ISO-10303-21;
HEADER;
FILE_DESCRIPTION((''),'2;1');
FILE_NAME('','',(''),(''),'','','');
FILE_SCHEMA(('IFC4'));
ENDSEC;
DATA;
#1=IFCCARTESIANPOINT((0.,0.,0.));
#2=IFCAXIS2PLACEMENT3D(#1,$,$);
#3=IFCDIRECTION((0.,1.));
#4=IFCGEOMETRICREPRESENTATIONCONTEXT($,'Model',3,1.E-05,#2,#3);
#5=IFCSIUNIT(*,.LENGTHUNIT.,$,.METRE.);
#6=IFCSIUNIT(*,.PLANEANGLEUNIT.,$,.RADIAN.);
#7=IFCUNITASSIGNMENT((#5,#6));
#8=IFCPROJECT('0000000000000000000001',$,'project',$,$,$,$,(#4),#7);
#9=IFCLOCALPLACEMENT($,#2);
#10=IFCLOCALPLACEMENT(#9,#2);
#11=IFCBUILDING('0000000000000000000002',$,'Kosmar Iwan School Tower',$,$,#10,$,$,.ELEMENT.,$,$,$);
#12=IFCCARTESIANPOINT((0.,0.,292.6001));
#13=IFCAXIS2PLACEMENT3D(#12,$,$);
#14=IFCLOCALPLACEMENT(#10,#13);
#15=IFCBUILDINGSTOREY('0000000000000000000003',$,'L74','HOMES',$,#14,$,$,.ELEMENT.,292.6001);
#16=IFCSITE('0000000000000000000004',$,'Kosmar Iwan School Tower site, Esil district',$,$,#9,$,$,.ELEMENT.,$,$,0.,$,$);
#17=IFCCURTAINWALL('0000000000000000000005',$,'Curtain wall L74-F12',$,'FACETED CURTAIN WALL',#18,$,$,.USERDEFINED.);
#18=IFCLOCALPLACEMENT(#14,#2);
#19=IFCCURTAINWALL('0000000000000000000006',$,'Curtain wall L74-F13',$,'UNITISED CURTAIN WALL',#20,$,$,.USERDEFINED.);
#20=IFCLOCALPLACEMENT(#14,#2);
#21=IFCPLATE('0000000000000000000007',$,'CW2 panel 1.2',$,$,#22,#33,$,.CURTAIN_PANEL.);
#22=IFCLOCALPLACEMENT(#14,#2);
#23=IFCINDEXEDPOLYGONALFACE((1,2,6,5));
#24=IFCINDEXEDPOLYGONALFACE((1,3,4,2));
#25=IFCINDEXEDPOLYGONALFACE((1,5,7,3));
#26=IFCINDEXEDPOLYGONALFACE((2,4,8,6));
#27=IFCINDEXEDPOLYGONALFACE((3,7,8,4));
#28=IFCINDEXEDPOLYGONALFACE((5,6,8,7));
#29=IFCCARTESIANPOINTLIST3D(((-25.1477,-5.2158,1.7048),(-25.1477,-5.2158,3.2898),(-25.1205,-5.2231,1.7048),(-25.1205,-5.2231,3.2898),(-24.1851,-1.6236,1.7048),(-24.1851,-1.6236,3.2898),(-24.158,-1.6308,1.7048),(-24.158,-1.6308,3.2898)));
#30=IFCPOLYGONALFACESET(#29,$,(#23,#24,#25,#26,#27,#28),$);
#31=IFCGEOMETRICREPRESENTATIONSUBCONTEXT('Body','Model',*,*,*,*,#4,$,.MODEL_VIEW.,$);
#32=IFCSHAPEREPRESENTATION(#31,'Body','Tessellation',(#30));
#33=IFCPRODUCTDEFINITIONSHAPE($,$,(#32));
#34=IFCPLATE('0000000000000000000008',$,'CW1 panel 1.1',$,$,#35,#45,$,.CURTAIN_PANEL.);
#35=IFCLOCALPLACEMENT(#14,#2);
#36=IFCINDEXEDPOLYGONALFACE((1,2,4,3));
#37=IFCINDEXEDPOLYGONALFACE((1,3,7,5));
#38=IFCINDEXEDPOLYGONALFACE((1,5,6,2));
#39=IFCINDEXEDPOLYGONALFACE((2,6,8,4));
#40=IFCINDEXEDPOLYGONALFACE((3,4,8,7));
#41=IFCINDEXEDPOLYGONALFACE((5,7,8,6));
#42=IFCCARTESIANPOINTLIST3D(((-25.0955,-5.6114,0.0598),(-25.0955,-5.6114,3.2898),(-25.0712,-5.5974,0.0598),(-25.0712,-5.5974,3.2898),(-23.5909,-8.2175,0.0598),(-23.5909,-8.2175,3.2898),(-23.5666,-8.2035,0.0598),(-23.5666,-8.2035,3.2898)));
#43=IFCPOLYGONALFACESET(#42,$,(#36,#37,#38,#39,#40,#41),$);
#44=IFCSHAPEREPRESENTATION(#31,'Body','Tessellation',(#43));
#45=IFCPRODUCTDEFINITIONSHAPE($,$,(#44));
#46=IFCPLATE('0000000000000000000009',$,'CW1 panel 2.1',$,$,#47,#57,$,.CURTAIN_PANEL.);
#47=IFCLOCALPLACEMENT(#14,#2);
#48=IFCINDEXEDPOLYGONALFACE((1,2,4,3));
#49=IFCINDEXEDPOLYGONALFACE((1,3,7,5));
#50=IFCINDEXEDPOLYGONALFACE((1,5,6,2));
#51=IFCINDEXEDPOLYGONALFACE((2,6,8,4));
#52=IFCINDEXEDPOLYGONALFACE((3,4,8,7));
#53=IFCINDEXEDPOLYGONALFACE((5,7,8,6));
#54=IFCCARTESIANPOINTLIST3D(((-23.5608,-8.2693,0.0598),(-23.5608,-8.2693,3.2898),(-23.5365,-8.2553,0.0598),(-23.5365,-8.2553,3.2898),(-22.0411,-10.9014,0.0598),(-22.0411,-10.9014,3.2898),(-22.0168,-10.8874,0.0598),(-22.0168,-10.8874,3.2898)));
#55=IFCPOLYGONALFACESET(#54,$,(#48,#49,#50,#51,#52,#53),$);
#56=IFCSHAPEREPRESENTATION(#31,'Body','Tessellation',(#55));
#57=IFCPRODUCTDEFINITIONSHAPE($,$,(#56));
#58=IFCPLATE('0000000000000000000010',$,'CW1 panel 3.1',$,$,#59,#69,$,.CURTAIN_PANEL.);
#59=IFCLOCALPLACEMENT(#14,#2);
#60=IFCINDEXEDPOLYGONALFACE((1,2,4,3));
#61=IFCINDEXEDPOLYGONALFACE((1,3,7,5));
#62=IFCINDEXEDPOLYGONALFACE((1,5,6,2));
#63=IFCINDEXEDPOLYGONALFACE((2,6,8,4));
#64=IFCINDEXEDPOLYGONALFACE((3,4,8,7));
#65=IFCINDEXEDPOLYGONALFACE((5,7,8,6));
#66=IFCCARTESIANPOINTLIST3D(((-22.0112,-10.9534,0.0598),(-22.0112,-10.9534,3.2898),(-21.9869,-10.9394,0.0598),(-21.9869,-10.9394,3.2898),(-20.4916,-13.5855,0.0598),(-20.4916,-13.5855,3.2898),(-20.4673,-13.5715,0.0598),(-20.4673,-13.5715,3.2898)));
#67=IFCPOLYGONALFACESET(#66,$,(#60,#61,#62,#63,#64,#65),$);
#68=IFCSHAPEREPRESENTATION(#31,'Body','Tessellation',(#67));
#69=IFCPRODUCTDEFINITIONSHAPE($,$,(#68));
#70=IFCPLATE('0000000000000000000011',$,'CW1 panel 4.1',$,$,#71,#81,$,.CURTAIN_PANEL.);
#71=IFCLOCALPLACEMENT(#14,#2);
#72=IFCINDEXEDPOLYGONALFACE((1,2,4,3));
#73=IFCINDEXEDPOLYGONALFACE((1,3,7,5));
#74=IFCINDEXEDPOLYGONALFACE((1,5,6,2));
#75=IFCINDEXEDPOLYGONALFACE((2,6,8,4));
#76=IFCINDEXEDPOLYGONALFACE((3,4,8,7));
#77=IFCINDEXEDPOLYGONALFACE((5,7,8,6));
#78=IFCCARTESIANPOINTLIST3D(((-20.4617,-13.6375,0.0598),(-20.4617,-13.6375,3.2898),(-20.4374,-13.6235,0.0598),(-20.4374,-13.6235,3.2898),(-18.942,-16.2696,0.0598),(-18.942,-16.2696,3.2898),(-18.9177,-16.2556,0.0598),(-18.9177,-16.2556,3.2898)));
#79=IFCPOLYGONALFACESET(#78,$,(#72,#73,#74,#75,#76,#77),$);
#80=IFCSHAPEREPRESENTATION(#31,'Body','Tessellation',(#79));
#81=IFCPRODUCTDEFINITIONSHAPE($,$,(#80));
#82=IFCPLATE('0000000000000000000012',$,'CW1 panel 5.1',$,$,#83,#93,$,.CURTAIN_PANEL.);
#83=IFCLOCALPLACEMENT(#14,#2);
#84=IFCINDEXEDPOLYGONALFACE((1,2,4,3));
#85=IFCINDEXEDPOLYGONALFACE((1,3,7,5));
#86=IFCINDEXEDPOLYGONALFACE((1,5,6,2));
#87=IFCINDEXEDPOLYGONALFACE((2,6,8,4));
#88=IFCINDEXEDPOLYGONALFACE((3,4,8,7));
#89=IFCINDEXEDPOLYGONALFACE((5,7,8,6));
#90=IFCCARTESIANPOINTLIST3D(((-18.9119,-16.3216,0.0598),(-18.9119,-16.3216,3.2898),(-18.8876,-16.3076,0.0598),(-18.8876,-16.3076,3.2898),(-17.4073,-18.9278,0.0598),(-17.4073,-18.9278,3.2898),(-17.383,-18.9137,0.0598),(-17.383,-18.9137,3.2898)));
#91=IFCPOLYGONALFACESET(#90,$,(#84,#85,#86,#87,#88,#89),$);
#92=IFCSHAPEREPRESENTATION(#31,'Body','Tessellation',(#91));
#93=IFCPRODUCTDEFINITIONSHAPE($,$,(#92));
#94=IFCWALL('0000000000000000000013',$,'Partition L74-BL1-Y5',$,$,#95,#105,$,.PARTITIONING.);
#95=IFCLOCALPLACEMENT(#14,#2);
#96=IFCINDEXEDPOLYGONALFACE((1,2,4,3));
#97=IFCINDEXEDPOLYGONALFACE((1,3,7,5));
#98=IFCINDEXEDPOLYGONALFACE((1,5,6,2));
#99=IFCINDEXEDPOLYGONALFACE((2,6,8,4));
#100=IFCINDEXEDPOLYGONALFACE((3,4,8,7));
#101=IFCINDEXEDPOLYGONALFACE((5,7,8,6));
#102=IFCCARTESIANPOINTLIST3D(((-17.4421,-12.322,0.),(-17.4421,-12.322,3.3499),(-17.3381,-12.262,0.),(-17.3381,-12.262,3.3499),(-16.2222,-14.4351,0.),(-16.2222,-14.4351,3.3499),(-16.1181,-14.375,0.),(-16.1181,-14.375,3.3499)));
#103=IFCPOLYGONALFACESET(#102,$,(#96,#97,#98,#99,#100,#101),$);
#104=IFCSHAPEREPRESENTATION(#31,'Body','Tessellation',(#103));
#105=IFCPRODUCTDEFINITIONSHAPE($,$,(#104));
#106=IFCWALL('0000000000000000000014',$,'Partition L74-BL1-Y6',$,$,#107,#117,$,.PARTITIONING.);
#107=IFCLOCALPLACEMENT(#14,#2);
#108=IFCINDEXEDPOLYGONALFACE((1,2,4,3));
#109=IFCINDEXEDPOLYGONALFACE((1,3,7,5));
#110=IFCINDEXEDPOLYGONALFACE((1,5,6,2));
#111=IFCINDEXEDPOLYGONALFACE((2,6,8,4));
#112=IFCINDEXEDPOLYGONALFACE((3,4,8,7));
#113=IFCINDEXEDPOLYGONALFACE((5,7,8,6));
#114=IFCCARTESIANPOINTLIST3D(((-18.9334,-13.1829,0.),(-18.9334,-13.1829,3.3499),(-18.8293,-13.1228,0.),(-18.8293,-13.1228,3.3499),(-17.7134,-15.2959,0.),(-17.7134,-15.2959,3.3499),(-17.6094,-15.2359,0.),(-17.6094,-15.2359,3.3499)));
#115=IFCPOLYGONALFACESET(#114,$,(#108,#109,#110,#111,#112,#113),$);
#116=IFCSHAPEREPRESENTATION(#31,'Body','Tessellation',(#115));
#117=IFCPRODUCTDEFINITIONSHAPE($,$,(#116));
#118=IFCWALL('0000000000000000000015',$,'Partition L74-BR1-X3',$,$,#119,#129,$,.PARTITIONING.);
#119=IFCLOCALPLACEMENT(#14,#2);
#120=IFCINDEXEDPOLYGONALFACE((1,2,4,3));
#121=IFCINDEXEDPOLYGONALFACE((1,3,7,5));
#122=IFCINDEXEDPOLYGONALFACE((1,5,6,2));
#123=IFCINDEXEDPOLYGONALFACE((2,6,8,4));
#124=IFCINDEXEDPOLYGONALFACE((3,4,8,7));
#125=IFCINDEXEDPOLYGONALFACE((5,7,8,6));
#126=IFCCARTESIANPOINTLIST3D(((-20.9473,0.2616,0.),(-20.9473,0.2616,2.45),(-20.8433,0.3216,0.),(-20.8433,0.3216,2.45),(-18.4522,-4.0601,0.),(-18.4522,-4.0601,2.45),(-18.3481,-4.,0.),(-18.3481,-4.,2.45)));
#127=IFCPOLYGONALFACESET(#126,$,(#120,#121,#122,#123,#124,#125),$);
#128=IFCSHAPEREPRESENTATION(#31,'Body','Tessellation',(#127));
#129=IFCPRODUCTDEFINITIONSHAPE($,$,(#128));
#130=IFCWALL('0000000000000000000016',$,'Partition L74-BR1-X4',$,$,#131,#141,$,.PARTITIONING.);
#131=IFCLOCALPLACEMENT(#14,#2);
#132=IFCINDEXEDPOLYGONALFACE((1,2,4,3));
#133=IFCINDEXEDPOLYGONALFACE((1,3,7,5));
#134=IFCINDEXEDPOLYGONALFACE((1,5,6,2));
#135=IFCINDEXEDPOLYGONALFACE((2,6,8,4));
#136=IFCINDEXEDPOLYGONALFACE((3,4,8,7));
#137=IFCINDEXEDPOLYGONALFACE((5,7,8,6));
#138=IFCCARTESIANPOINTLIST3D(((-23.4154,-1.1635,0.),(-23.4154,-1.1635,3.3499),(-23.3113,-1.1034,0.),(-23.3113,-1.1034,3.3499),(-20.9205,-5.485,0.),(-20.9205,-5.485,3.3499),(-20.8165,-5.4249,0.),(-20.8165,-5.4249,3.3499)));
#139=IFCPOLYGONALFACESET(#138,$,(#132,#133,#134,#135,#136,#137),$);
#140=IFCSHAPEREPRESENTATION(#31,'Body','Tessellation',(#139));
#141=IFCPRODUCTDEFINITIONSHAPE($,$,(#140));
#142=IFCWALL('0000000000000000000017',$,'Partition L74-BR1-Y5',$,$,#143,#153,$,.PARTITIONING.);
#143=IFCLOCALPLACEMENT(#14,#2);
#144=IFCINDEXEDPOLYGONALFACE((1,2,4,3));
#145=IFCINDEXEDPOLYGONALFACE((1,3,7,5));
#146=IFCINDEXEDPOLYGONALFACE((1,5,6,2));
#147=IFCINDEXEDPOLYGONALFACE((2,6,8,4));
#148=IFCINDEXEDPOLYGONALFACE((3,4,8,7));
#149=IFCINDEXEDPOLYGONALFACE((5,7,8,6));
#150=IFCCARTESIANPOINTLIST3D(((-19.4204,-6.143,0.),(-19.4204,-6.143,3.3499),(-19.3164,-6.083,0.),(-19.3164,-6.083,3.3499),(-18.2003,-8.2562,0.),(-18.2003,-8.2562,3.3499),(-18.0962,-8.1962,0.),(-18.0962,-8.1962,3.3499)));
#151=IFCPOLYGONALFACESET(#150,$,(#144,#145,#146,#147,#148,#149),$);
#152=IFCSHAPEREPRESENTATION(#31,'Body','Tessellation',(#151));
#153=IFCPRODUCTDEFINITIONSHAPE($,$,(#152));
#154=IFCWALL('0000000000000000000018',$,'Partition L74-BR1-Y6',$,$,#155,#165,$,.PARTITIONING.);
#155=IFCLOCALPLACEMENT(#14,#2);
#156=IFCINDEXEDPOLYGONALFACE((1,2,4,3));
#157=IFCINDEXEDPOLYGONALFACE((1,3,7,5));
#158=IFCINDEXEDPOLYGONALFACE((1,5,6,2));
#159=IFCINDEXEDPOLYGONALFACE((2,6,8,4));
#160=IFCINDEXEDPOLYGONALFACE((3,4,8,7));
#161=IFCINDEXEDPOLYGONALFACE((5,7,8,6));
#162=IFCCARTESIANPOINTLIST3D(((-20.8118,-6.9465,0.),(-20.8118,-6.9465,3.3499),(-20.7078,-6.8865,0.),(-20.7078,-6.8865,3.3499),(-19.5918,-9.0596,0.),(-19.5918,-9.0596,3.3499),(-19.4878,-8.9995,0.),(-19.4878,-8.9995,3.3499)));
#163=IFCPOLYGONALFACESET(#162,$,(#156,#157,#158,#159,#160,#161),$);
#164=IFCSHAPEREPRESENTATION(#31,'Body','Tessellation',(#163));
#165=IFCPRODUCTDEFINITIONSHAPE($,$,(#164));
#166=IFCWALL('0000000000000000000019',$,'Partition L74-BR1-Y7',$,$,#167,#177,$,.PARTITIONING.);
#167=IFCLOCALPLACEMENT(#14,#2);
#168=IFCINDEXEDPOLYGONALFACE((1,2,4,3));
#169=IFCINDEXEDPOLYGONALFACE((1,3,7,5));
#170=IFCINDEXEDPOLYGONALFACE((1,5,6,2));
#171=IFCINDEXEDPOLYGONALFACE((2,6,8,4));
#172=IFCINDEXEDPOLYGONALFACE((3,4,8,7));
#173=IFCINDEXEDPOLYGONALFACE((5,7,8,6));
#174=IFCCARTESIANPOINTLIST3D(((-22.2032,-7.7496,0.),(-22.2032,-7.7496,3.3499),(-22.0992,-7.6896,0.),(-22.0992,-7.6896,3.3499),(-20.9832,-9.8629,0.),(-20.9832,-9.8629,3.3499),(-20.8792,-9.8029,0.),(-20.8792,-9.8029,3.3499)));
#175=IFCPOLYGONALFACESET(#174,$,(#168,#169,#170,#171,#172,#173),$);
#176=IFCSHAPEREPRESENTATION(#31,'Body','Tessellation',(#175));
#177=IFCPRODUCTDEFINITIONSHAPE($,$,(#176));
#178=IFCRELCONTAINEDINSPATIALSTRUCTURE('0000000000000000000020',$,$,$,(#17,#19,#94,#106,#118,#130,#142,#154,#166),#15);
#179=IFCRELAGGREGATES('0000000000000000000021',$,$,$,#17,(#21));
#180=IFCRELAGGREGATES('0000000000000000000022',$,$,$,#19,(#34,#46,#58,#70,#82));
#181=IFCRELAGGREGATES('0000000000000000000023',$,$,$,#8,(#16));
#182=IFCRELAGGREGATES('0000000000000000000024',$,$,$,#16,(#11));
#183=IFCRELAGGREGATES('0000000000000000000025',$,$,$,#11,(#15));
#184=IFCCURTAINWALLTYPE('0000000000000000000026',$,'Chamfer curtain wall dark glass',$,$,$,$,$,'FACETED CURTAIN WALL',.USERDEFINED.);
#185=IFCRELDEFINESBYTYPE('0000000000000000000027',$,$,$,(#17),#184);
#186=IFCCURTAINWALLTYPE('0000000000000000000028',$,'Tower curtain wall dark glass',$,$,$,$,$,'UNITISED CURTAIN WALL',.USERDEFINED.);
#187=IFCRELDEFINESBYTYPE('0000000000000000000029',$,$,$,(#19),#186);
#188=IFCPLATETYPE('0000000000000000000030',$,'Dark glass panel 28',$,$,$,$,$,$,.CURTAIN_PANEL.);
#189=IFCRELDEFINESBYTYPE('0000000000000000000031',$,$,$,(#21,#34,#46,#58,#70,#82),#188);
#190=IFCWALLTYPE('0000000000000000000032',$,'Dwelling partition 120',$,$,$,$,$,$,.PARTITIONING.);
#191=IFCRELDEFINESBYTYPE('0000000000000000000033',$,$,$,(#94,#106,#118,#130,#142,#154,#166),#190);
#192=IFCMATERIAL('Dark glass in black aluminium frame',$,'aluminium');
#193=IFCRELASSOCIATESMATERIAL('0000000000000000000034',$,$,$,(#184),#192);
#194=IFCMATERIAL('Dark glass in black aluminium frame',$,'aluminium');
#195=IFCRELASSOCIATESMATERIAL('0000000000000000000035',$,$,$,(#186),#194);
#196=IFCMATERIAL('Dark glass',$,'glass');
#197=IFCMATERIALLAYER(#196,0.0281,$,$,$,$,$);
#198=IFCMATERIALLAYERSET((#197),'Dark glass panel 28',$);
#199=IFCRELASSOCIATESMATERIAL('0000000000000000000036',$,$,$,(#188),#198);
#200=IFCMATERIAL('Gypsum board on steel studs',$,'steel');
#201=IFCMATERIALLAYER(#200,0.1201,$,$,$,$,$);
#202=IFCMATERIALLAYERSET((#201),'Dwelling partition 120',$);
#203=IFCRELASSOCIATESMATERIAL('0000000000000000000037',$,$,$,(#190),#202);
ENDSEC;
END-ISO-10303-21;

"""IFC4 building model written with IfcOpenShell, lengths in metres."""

from ifc_helpers import new_model, si_unit, direction, frame, frame_2d, origin, origin_2d, place, context, subcontext, project, spatial, rectangle, extrude, material, layer, layer_set, type_object, element, aggregate, save


model = new_model("IFC4")

# Units and contexts
model_context = context("Model", 3, precision=1e-05, world=origin(), true_north=direction((0.0, 1.0)))
body_context = subcontext(model_context, "Body", "Model", "MODEL_VIEW")
ifc_project = project(units=[si_unit("LENGTHUNIT", "METRE"), si_unit("PLANEANGLEUNIT", "RADIAN")], contexts=[model_context])

# Site, building, storey
site_placement = place(None, origin())
site = spatial("IfcSite", under=ifc_project, at=site_placement, Name="Kosmar Iwan School Tower site, Esil district", CompositionType="ELEMENT", RefElevation=0.0)
building_placement = place(site_placement, origin())
building = spatial("IfcBuilding", under=site, at=building_placement, Name="Kosmar Iwan School Tower", CompositionType="ELEMENT")
storey_placement = place(building_placement, frame((0.0, 0.0, 292.6001)))
storey = spatial("IfcBuildingStorey", under=building, at=storey_placement, Name="L74", Description="HOMES", CompositionType="ELEMENT", Elevation=292.6001)

# Curtain wall
ifc_material_1 = material(Name="Dark glass in black aluminium frame", Category="aluminium")
curtain_wall_type_1 = type_object("IfcCurtainWallType", Name="Chamfer curtain wall dark glass", ElementType="FACETED CURTAIN WALL", PredefinedType="USERDEFINED", material=ifc_material_1)
curtain_wall_1_placement = place(storey_placement, origin())
curtain_wall_1 = element("IfcCurtainWall", 1, at=curtain_wall_1_placement, inside=storey, type_object=curtain_wall_type_1, Name="Curtain wall L74-F12", ObjectType="FACETED CURTAIN WALL", PredefinedType="USERDEFINED")

# Curtain wall
ifc_material_2 = material(Name="Dark glass in black aluminium frame", Category="aluminium")
curtain_wall_type_2 = type_object("IfcCurtainWallType", Name="Tower curtain wall dark glass", ElementType="UNITISED CURTAIN WALL", PredefinedType="USERDEFINED", material=ifc_material_2)
curtain_wall_2_placement = place(storey_placement, origin())
curtain_wall_2 = element("IfcCurtainWall", 2, at=curtain_wall_2_placement, inside=storey, type_object=curtain_wall_type_2, Name="Curtain wall L74-F13", ObjectType="UNITISED CURTAIN WALL", PredefinedType="USERDEFINED")

# Plates
ifc_material_3 = material(Name="Dark glass", Category="glass")
ifc_layer_1 = layer(ifc_material_3, 0.0281)
ifc_layer_set_1 = layer_set([ifc_layer_1], Name="Dark glass panel 28")
plate_type = type_object("IfcPlateType", Name="Dark glass panel 28", PredefinedType="CURTAIN_PANEL", material=ifc_layer_set_1)
plate_1_placement = place(storey_placement, frame((-24.6528, -3.4233, 1.7048), z_axis=(0.0, 0.0, 1.0), x_axis=(-0.258819, -0.965926, 0.0)))
plate_1 = element("IfcPlate", 3, at=plate_1_placement, type_object=plate_type, Name="CW2 panel 1.2", PredefinedType="CURTAIN_PANEL", context=body_context, shape_type="SweptSolid", body=[
    extrude(rectangle(XDim=3.719, YDim=0.0281, at=origin_2d()), origin(), (0.0, 0.0, 1.0), 1.585),
])
aggregate(curtain_wall_1, [plate_1])
plate_2_placement = place(storey_placement, frame((-24.3311, -6.9075, 0.0598), z_axis=(0.0, 0.0, 1.0), x_axis=(0.5, -0.866025, 0.0)))
plate_2 = element("IfcPlate", 4, at=plate_2_placement, type_object=plate_type, Name="CW1 panel 1.1", PredefinedType="CURTAIN_PANEL", context=body_context, shape_type="SweptSolid", body=[
    extrude(rectangle(XDim=3.0093, YDim=0.0281, at=origin_2d()), origin(), (0.0, 0.0, 1.0), 3.23),
])
plate_3_placement = place(storey_placement, frame((-22.7888, -9.5784, 0.0598), z_axis=(0.0, 0.0, 1.0), x_axis=(0.5, -0.866025, 0.0)))
plate_3 = element("IfcPlate", 5, at=plate_3_placement, type_object=plate_type, Name="CW1 panel 2.1", PredefinedType="CURTAIN_PANEL", context=body_context, shape_type="SweptSolid", body=[
    extrude(rectangle(XDim=3.0393, YDim=0.0281, at=origin_2d()), origin(), (0.0, 0.0, 1.0), 3.23),
])
plate_4_placement = place(storey_placement, frame((-21.2393, -12.2625, 0.0598), z_axis=(0.0, 0.0, 1.0), x_axis=(0.5, -0.866025, 0.0)))
plate_4 = element("IfcPlate", 6, at=plate_4_placement, type_object=plate_type, Name="CW1 panel 3.1", PredefinedType="CURTAIN_PANEL", context=body_context, shape_type="SweptSolid", body=[
    extrude(rectangle(XDim=3.0393, YDim=0.0281, at=origin_2d()), origin(), (0.0, 0.0, 1.0), 3.23),
])
plate_5_placement = place(storey_placement, frame((-19.6897, -14.9465, 0.0598), z_axis=(0.0, 0.0, 1.0), x_axis=(0.5, -0.866025, 0.0)))
plate_5 = element("IfcPlate", 7, at=plate_5_placement, type_object=plate_type, Name="CW1 panel 4.1", PredefinedType="CURTAIN_PANEL", context=body_context, shape_type="SweptSolid", body=[
    extrude(rectangle(XDim=3.0393, YDim=0.0281, at=origin_2d()), origin(), (0.0, 0.0, 1.0), 3.23),
])
plate_6_placement = place(storey_placement, frame((-18.1475, -17.6177, 0.0598), z_axis=(0.0, 0.0, 1.0), x_axis=(0.5, -0.866025, 0.0)))
plate_6 = element("IfcPlate", 8, at=plate_6_placement, type_object=plate_type, Name="CW1 panel 5.1", PredefinedType="CURTAIN_PANEL", context=body_context, shape_type="SweptSolid", body=[
    extrude(rectangle(XDim=3.0093, YDim=0.0281, at=origin_2d()), origin(), (0.0, 0.0, 1.0), 3.23),
])
aggregate(curtain_wall_2, [plate_2, plate_3, plate_4, plate_5, plate_6])

# Walls
ifc_material_4 = material(Name="Gypsum board on steel studs", Category="steel")
ifc_layer_2 = layer(ifc_material_4, 0.1201)
ifc_layer_set_2 = layer_set([ifc_layer_2], Name="Dwelling partition 120")
wall_type = type_object("IfcWallType", Name="Dwelling partition 120", PredefinedType="PARTITIONING", material=ifc_layer_set_2)
for number, where, z_axis, x_axis, name in (
    (9, (-17.3901, -12.292, 0.0), (0.0, 0.0, 1.0), (0.500003, -0.866024, 0.0), "Partition L74-BL1-Y5"),
    (10, (-18.8813, -13.1528, 0.0), (0.0, 0.0, 1.0), (0.500003, -0.866024, 0.0), "Partition L74-BL1-Y6"),
):
    element("IfcWall", number, at=place(storey_placement, frame(where, z_axis=z_axis, x_axis=x_axis)), inside=storey, type_object=wall_type, Name=name, PredefinedType="PARTITIONING", context=body_context, shape_type="SweptSolid", body=[
        extrude(rectangle(XDim=2.4399, YDim=0.1201, at=frame_2d((1.22, 0.0))), origin(), (0.0, 0.0, 1.0), 3.3499),
    ])
wall_1_placement = place(storey_placement, frame((-18.4001, -4.03, 0.0), z_axis=(0.0, 0.0, 1.0), x_axis=(-0.500012, 0.866019, 0.0)))
element("IfcWall", 11, at=wall_1_placement, inside=storey, type_object=wall_type, Name="Partition L74-BR1-X3", PredefinedType="PARTITIONING", context=body_context, shape_type="SweptSolid", body=[
    extrude(rectangle(XDim=4.9902, YDim=0.1201, at=frame_2d((2.4951, 0.0))), origin(), (0.0, 0.0, 1.0), 2.45),
])
wall_2_placement = place(storey_placement, frame((-20.8684, -5.4551, 0.0), z_axis=(0.0, 0.0, 1.0), x_axis=(-0.499975, 0.86604, 0.0)))
element("IfcWall", 12, at=wall_2_placement, inside=storey, type_object=wall_type, Name="Partition L74-BR1-X4", PredefinedType="PARTITIONING", context=body_context, shape_type="SweptSolid", body=[
    extrude(rectangle(XDim=4.99, YDim=0.1201, at=frame_2d((2.4951, 0.0))), origin(), (0.0, 0.0, 1.0), 3.3499),
])
wall_3_placement = place(storey_placement, frame((-18.1482, -8.2263, 0.0), z_axis=(0.0, 0.0, 1.0), x_axis=(-0.500034, 0.866006, 0.0)))
element("IfcWall", 13, at=wall_3_placement, inside=storey, type_object=wall_type, Name="Partition L74-BR1-Y5", PredefinedType="PARTITIONING", context=body_context, shape_type="SweptSolid", body=[
    extrude(rectangle(XDim=2.4402, YDim=0.1201, at=frame_2d((1.2202, 0.0))), origin(), (0.0, 0.0, 1.0), 3.3499),
])
wall_4_placement = place(storey_placement, frame((-19.5398, -9.0295, 0.0), z_axis=(0.0, 0.0, 1.0), x_axis=(-0.500003, 0.866024, 0.0)))
element("IfcWall", 14, at=wall_4_placement, inside=storey, type_object=wall_type, Name="Partition L74-BR1-Y6", PredefinedType="PARTITIONING", context=body_context, shape_type="SweptSolid", body=[
    extrude(rectangle(XDim=2.4399, YDim=0.1201, at=frame_2d((1.22, 0.0))), origin(), (0.0, 0.0, 1.0), 3.3499),
])
wall_5_placement = place(storey_placement, frame((-20.9312, -9.833, 0.0), z_axis=(0.0, 0.0, 1.0), x_axis=(-0.499959, 0.866049, 0.0)))
element("IfcWall", 15, at=wall_5_placement, inside=storey, type_object=wall_type, Name="Partition L74-BR1-Y7", PredefinedType="PARTITIONING", context=body_context, shape_type="SweptSolid", body=[
    extrude(rectangle(XDim=2.4402, YDim=0.1201, at=frame_2d((1.2202, 0.0))), origin(), (0.0, 0.0, 1.0), 3.3499),
])

save(model, "model.ifc")
